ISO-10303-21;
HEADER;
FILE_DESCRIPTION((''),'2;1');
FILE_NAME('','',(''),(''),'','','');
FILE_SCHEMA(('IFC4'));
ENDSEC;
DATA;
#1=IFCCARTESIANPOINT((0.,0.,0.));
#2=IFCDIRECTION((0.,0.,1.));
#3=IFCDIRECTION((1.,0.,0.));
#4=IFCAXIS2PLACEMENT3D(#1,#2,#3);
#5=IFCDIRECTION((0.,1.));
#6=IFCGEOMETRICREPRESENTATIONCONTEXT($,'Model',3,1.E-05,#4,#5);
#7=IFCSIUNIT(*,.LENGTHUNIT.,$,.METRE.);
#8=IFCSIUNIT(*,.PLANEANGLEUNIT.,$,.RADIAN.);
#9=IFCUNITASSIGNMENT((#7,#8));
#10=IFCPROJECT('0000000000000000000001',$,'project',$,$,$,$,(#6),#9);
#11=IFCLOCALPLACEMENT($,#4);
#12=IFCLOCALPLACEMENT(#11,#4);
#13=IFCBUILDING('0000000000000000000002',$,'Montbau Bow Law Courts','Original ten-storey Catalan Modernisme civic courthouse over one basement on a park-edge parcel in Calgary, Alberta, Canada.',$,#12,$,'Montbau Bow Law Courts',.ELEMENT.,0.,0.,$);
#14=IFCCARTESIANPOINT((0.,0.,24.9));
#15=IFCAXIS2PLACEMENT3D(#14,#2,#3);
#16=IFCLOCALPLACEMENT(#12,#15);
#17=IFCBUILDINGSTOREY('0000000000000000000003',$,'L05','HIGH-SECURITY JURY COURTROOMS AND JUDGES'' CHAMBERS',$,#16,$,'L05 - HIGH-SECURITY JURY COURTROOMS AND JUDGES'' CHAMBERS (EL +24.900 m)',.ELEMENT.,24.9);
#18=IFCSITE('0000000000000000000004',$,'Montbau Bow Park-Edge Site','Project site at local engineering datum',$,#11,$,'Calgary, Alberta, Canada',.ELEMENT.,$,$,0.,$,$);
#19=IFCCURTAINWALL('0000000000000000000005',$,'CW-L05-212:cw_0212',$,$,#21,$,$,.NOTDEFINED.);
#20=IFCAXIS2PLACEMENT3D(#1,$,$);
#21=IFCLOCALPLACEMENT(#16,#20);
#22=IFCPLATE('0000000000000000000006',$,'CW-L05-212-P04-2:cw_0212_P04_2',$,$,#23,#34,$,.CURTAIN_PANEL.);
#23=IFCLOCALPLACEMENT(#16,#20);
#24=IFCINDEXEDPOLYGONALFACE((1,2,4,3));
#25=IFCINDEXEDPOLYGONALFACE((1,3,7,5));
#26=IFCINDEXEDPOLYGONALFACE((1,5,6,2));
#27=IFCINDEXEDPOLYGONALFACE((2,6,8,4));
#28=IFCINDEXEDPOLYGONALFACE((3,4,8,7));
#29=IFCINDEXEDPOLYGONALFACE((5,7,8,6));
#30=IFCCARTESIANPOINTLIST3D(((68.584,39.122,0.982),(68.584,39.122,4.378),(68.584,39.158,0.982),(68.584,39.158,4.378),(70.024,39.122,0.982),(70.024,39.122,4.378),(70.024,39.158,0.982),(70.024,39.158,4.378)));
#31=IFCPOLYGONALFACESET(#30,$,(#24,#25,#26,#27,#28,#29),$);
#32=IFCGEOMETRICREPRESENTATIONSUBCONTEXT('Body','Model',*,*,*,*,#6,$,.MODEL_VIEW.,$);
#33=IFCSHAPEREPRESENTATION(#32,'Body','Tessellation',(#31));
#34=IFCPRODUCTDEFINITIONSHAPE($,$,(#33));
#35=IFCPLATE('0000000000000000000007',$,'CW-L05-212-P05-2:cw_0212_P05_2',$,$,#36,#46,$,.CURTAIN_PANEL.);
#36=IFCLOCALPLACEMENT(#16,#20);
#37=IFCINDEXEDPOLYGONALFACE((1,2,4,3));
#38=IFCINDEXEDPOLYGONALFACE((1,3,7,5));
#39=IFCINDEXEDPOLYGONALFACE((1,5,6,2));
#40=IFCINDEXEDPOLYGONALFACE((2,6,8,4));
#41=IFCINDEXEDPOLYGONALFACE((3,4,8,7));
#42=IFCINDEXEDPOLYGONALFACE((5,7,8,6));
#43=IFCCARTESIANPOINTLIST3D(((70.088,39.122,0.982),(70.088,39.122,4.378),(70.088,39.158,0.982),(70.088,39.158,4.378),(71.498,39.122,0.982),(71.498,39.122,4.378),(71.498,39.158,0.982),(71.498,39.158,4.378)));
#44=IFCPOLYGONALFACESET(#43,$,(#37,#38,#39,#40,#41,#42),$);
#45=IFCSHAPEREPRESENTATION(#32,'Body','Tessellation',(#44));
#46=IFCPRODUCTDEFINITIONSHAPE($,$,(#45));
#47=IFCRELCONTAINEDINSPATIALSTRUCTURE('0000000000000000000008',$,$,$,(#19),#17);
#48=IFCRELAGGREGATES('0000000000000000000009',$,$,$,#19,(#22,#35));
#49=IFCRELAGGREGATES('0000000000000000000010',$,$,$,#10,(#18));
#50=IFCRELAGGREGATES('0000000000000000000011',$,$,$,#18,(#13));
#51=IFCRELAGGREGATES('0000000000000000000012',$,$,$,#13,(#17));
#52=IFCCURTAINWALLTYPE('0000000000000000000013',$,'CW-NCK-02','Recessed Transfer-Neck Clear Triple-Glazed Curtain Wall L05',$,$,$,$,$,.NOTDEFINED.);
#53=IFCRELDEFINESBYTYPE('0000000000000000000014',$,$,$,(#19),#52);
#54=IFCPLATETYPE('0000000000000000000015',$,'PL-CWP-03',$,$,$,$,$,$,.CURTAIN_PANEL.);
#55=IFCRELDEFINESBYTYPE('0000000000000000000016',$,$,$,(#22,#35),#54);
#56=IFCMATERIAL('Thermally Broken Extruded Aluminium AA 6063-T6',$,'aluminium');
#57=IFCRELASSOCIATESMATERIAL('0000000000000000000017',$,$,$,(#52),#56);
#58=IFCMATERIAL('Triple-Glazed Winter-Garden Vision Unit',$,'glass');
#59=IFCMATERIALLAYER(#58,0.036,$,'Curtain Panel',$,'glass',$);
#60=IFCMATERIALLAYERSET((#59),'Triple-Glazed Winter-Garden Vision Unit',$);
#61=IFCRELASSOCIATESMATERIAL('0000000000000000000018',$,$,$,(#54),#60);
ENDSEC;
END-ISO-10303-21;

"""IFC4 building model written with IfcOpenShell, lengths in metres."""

from ifc_helpers import new_model, si_unit, direction, frame, frame_2d, origin_with_axes, place, context, subcontext, project, spatial, rectangle, extrude, material, layer, layer_set, type_object, element, aggregate, save


model = new_model("IFC4")

# Units and contexts
model_context = context("Model", 3, precision=1e-05, world=origin_with_axes(), true_north=direction((0.0, 1.0)))
body_context = subcontext(model_context, "Body", "Model", "MODEL_VIEW")
ifc_project = project(units=[si_unit("LENGTHUNIT", "METRE"), si_unit("PLANEANGLEUNIT", "RADIAN")], contexts=[model_context])

# Site, building, storey
site_placement = place(None, origin_with_axes())
site = spatial("IfcSite", under=ifc_project, at=site_placement, Name="Montbau Bow Park-Edge Site", Description="Project site at local engineering datum", LongName="Calgary, Alberta, Canada", CompositionType="ELEMENT", RefElevation=0.0)
building_placement = place(site_placement, origin_with_axes())
building = spatial("IfcBuilding", under=site, at=building_placement, Name="Montbau Bow Law Courts", Description="Original ten-storey Catalan Modernisme civic courthouse over one basement on a park-edge parcel in Calgary, Alberta, Canada.", LongName="Montbau Bow Law Courts", CompositionType="ELEMENT", ElevationOfRefHeight=0.0, ElevationOfTerrain=0.0)
storey_placement = place(building_placement, frame((0.0, 0.0, 24.9), z_axis=(0.0, 0.0, 1.0), x_axis=(1.0, 0.0, 0.0)))
storey = spatial("IfcBuildingStorey", under=building, at=storey_placement, Name="L05", Description="HIGH-SECURITY JURY COURTROOMS AND JUDGES' CHAMBERS", LongName="L05 - HIGH-SECURITY JURY COURTROOMS AND JUDGES' CHAMBERS (EL +24.900 m)", CompositionType="ELEMENT", Elevation=24.9)

# Curtain wall, plates
ifc_material_1 = material(Name="Thermally Broken Extruded Aluminium AA 6063-T6", Category="aluminium")
curtain_wall_type = type_object("IfcCurtainWallType", Name="CW-NCK-02", Description="Recessed Transfer-Neck Clear Triple-Glazed Curtain Wall L05", PredefinedType="NOTDEFINED", material=ifc_material_1)
curtain_wall_placement = place(None, frame((64.04, 39.14, 24.9), z_axis=(0.0, 0.0, 1.0), x_axis=(1.0, 0.0, 0.0)))
curtain_wall = element("IfcCurtainWall", 1, at=curtain_wall_placement, inside=storey, type_object=curtain_wall_type, Name="CW-L05-212:cw_0212", PredefinedType="NOTDEFINED")
ifc_material_2 = material(Name="Triple-Glazed Winter-Garden Vision Unit", Category="glass")
ifc_layer_1 = layer(ifc_material_2, 0.036, Name="Curtain Panel", Category="glass")
ifc_layer_set_1 = layer_set([ifc_layer_1], Name="Triple-Glazed Winter-Garden Vision Unit")
plate_type_1 = type_object("IfcPlateType", Name="PL-CWP-03", PredefinedType="CURTAIN_PANEL", material=ifc_layer_set_1)
plate_1_placement = place(None, frame((68.584, 39.14, 25.882), z_axis=(0.0, -1.0, 0.0), x_axis=(1.0, 0.0, 0.0)))
plate_1 = element("IfcPlate", 2, at=plate_1_placement, type_object=plate_type_1, Name="CW-L05-212-P04-2:cw_0212_P04_2", PredefinedType="CURTAIN_PANEL", context=body_context, shape_type="SweptSolid", body=[
    extrude(rectangle(XDim=1.44, YDim=3.396, at=frame_2d((0.72, 1.698), x_axis=(1.0, 0.0))), frame((0.0, 0.0, -0.018), z_axis=(0.0, 0.0, 1.0), x_axis=(1.0, 0.0, 0.0)), (0.0, 0.0, 1.0), 0.036),
])
plate_2_placement = place(None, frame((70.088, 39.14, 25.882), z_axis=(0.0, -1.0, 0.0), x_axis=(1.0, 0.0, 0.0)))
plate_2 = element("IfcPlate", 3, at=plate_2_placement, type_object=plate_type_1, Name="CW-L05-212-P05-2:cw_0212_P05_2", PredefinedType="CURTAIN_PANEL", context=body_context, shape_type="SweptSolid", body=[
    extrude(rectangle(XDim=1.41, YDim=3.396, at=frame_2d((0.705, 1.698), x_axis=(1.0, 0.0))), frame((0.0, 0.0, -0.018), z_axis=(0.0, 0.0, 1.0), x_axis=(1.0, 0.0, 0.0)), (0.0, 0.0, 1.0), 0.036),
])
aggregate(curtain_wall, [plate_1, plate_2])

save(model, "model.ifc")
